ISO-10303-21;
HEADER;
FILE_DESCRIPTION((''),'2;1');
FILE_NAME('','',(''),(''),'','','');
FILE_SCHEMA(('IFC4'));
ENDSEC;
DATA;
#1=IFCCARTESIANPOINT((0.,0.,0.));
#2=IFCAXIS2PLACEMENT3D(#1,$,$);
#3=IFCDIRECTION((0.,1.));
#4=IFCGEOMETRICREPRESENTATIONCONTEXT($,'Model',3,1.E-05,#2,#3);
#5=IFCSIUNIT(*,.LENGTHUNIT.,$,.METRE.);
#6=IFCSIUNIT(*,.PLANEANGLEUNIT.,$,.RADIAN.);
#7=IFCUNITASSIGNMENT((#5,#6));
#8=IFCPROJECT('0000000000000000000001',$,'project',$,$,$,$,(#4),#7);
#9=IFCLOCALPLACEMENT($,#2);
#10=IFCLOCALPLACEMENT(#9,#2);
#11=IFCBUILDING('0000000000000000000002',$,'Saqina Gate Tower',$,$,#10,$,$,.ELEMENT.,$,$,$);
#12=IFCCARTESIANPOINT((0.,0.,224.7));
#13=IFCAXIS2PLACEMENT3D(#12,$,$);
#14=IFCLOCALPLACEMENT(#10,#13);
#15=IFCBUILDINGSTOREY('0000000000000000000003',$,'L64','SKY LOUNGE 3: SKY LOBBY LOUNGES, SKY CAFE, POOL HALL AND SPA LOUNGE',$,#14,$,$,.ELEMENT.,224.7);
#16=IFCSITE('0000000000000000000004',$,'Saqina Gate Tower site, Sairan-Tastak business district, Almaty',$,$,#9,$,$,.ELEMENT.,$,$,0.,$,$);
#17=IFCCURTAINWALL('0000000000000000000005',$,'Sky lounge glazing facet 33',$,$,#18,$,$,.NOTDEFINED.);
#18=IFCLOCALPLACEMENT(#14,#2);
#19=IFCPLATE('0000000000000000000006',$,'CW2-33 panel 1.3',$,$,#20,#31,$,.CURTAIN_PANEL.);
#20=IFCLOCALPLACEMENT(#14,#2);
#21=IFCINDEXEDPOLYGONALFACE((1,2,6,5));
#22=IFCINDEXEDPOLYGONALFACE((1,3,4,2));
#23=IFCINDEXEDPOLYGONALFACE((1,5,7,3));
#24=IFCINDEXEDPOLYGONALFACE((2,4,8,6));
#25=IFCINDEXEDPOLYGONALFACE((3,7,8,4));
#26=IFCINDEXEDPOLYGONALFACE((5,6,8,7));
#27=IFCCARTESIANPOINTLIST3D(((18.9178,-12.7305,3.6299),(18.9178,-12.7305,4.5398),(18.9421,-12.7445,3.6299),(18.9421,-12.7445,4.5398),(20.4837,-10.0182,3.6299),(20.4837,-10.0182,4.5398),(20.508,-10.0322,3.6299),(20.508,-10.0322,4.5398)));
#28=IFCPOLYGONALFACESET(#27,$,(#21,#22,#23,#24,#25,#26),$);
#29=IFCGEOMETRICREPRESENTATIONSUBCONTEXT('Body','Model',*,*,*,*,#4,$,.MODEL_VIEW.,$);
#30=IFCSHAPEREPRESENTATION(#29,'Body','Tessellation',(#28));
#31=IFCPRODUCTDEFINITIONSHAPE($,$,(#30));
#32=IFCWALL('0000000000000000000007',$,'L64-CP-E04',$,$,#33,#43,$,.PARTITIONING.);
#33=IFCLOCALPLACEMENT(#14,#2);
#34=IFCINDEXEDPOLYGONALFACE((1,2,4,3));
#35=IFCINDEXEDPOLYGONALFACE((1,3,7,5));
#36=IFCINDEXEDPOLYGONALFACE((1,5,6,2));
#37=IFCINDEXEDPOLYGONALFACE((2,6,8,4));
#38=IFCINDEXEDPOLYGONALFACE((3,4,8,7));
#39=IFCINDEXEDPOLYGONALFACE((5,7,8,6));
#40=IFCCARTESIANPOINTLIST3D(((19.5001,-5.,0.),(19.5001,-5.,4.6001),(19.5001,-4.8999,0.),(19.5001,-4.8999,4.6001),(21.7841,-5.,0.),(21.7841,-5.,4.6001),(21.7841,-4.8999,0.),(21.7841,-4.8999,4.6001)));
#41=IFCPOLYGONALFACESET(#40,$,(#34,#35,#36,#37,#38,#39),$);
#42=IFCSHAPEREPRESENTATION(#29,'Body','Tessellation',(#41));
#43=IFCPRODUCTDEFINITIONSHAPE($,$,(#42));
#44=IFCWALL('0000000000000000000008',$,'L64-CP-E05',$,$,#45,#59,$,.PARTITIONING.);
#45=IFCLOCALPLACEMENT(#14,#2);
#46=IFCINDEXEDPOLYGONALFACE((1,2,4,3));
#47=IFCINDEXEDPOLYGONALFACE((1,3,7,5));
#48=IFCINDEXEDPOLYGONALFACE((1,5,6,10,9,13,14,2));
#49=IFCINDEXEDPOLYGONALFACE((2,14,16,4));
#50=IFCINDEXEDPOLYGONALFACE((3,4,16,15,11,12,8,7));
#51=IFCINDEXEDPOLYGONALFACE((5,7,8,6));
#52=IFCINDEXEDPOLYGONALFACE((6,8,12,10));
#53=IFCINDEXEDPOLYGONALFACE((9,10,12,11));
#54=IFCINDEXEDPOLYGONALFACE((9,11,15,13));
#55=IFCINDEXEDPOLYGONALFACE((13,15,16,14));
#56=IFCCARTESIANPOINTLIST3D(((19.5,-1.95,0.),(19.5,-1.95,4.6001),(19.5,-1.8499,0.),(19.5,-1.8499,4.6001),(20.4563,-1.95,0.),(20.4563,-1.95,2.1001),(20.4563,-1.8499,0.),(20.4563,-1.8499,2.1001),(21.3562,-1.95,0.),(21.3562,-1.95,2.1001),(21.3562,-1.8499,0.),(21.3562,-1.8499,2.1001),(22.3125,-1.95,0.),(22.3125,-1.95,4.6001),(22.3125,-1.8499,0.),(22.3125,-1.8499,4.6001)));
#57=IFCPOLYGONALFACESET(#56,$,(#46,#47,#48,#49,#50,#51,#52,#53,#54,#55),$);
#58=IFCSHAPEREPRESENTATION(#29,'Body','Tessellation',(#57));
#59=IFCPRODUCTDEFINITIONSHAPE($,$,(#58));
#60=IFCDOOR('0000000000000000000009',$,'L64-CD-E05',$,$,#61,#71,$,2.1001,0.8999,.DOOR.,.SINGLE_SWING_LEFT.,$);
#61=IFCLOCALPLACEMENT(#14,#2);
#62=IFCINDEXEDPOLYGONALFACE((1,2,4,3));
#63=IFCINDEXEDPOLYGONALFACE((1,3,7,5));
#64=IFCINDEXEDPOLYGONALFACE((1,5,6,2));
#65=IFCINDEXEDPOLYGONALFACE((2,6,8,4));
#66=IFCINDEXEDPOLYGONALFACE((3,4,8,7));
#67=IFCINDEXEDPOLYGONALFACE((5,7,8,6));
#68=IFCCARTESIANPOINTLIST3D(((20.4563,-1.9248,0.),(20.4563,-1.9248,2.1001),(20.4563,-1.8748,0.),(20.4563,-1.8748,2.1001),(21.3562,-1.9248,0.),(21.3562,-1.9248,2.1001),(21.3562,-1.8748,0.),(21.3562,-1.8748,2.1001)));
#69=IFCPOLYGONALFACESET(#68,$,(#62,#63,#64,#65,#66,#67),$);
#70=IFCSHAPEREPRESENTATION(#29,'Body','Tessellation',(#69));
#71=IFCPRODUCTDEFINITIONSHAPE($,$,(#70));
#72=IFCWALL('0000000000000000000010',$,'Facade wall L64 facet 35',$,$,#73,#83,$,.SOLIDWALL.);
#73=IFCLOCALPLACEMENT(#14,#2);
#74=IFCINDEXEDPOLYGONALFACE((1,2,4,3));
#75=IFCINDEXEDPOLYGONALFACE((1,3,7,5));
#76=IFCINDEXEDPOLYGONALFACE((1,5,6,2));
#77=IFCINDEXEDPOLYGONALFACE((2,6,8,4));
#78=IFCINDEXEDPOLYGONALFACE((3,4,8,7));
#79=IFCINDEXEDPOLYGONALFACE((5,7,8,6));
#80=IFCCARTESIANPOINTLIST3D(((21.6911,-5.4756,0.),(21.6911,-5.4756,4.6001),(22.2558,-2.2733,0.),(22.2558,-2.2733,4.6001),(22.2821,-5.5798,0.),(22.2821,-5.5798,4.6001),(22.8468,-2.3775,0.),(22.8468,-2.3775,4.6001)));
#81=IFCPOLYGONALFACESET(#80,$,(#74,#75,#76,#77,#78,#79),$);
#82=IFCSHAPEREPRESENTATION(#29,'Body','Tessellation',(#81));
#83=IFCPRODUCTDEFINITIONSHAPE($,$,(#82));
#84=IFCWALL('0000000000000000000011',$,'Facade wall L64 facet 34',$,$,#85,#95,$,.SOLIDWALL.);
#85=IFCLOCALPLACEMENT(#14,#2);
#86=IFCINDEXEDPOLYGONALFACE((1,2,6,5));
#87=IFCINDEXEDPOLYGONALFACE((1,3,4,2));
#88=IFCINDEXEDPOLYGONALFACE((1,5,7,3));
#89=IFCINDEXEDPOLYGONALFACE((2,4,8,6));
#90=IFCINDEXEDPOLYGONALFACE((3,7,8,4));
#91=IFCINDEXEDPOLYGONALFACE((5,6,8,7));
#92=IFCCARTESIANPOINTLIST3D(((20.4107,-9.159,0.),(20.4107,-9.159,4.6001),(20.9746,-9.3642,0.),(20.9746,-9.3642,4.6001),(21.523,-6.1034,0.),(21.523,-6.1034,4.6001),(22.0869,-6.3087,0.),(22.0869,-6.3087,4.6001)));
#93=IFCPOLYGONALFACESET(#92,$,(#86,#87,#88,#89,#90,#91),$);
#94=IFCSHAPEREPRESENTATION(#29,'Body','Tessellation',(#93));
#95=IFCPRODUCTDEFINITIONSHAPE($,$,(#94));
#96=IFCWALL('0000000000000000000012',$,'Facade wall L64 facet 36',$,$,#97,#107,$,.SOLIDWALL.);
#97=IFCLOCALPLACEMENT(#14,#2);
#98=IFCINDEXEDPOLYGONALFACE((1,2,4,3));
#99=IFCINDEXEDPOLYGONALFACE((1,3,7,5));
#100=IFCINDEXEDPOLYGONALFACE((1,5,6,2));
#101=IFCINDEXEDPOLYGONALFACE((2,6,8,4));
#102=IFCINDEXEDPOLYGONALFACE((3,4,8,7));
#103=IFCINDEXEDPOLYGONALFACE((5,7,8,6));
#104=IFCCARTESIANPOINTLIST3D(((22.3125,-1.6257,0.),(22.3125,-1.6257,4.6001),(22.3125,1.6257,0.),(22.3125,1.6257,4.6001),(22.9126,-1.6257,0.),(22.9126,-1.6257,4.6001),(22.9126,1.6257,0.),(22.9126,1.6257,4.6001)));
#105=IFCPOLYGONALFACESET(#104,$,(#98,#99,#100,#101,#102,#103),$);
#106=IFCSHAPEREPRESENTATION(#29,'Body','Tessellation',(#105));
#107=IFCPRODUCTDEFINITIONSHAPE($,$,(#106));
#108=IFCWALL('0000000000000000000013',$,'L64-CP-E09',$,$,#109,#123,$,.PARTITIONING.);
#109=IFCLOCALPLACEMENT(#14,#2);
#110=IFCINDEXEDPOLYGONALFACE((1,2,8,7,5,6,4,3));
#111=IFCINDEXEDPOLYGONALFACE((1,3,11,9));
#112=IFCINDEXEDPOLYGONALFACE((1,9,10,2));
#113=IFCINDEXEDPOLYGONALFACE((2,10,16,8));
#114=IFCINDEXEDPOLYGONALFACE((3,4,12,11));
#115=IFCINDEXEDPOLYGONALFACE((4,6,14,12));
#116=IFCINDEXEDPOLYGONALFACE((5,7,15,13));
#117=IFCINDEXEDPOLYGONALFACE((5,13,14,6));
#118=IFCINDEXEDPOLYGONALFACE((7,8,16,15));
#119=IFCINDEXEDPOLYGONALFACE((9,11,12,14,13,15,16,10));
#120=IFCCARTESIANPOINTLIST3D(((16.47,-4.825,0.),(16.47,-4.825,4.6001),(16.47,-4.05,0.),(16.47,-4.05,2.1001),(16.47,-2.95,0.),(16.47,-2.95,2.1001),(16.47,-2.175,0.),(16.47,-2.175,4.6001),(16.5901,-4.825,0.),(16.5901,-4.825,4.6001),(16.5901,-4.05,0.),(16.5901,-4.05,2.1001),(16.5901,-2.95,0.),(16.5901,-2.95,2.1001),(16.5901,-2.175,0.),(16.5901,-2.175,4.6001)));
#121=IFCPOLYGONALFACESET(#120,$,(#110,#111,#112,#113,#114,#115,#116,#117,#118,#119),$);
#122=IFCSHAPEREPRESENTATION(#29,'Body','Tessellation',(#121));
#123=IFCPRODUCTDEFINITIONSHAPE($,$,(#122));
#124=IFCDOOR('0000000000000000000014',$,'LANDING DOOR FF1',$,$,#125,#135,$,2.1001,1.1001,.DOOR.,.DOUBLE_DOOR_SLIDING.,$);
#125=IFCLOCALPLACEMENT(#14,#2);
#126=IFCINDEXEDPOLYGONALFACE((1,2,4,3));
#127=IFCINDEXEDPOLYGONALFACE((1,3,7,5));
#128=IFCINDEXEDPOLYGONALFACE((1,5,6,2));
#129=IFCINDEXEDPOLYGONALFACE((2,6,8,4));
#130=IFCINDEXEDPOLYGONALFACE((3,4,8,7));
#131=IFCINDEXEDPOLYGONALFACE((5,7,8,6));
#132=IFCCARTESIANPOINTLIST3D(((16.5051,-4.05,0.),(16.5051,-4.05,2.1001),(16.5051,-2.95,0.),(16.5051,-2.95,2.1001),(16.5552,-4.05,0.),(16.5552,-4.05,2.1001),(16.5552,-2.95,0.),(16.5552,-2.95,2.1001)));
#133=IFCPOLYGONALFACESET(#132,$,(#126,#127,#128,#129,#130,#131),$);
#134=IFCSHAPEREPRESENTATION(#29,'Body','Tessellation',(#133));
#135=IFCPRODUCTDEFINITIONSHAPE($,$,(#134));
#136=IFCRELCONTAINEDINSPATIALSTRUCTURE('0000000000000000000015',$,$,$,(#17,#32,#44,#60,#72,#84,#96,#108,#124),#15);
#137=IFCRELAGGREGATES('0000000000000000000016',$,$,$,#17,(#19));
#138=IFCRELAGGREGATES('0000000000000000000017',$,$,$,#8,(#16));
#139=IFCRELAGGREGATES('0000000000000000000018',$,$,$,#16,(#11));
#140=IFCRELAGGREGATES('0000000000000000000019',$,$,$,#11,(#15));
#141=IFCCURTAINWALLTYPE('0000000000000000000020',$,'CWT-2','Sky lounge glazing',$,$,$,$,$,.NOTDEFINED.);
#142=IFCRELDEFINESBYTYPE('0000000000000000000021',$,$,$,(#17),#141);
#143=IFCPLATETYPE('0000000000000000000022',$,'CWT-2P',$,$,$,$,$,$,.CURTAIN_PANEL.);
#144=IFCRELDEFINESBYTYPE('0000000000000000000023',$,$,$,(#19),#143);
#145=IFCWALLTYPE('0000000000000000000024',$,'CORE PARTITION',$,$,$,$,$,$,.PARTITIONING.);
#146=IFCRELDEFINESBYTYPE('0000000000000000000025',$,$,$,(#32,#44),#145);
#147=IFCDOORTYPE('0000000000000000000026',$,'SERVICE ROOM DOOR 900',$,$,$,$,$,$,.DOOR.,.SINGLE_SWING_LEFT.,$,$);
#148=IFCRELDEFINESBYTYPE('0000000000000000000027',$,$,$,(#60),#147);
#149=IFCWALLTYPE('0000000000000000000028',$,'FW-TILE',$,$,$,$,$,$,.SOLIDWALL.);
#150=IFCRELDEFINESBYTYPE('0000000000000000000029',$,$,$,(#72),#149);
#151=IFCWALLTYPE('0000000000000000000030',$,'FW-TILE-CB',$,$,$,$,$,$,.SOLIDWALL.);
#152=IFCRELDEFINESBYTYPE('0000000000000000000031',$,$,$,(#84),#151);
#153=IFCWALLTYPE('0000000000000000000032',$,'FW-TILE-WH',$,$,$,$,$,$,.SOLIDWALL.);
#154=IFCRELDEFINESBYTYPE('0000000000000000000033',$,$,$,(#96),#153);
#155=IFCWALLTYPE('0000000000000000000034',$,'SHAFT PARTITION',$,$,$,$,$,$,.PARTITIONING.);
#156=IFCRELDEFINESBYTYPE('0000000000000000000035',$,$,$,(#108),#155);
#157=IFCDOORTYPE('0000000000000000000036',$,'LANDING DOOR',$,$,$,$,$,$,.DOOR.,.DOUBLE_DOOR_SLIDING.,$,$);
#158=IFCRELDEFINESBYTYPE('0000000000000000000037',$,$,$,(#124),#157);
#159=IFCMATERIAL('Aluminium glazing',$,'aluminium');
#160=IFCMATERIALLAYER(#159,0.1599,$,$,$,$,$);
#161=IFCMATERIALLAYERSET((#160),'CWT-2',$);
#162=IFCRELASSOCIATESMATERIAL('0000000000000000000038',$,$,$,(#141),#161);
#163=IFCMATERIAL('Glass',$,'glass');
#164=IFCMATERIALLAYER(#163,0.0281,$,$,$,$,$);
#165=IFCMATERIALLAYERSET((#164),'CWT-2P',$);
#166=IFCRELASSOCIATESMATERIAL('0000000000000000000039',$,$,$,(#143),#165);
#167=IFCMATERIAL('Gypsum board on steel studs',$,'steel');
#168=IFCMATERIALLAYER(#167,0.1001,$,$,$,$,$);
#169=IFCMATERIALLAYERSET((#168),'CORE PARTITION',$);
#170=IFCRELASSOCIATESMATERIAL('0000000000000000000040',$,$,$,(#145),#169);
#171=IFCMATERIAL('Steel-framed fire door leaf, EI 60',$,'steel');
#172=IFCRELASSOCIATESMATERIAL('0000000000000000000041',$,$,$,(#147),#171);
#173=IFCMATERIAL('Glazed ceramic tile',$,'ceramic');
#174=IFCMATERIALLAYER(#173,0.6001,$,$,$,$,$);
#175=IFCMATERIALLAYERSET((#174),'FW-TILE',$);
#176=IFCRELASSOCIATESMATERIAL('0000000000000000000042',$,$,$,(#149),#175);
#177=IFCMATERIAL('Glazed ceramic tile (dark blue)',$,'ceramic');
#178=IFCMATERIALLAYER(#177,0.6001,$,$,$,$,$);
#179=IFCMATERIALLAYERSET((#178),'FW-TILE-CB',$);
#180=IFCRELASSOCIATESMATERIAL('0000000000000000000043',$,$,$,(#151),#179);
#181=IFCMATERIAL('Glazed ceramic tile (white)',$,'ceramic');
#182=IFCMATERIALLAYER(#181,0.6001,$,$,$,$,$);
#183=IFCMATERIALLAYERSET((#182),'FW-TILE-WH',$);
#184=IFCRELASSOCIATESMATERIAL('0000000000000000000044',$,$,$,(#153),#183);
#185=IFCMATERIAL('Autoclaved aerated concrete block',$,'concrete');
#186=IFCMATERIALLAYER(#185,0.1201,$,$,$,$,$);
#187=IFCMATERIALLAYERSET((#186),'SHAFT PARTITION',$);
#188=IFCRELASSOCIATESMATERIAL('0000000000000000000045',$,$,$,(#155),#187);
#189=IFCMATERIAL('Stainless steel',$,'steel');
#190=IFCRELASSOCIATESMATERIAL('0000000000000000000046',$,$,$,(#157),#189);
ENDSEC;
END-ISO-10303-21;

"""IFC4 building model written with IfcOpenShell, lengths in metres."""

from ifc_helpers import new_model, si_unit, direction, frame, frame_2d, origin, origin_2d, place, context, subcontext, project, spatial, rectangle, extrude, material, layer, layer_set, type_object, element, fill, aggregate, save


model = new_model("IFC4")

# Units and contexts
model_context = context("Model", 3, precision=1e-05, world=origin(), true_north=direction((0.0, 1.0)))
body_context = subcontext(model_context, "Body", "Model", "MODEL_VIEW")
ifc_project = project(units=[si_unit("LENGTHUNIT", "METRE"), si_unit("PLANEANGLEUNIT", "RADIAN")], contexts=[model_context])

# Site, building, storey
site_placement = place(None, origin())
site = spatial("IfcSite", under=ifc_project, at=site_placement, Name="Saqina Gate Tower site, Sairan-Tastak business district, Almaty", CompositionType="ELEMENT", RefElevation=0.0)
building_placement = place(site_placement, origin())
building = spatial("IfcBuilding", under=site, at=building_placement, Name="Saqina Gate Tower", CompositionType="ELEMENT")
storey_placement = place(building_placement, frame((0.0, 0.0, 224.7)))
storey = spatial("IfcBuildingStorey", under=building, at=storey_placement, Name="L64", Description="SKY LOUNGE 3: SKY LOBBY LOUNGES, SKY CAFE, POOL HALL AND SPA LOUNGE", CompositionType="ELEMENT", Elevation=224.7)

# Shared definitions
ifc_material_1 = material(Name="Aluminium glazing", Category="aluminium")
ifc_layer_1 = layer(ifc_material_1, 0.1599)
ifc_layer_set_1 = layer_set([ifc_layer_1], Name="CWT-2")
curtain_wall_type = type_object("IfcCurtainWallType", Name="CWT-2", Description="Sky lounge glazing", PredefinedType="NOTDEFINED", material=ifc_layer_set_1)

# Curtain wall
curtain_wall_1_placement = place(storey_placement, origin())
curtain_wall_1 = element("IfcCurtainWall", 1, at=curtain_wall_1_placement, inside=storey, type_object=curtain_wall_type, Name="Sky lounge glazing facet 33", PredefinedType="NOTDEFINED")

# Plate
ifc_material_2 = material(Name="Glass", Category="glass")
ifc_layer_2 = layer(ifc_material_2, 0.0281)
ifc_layer_set_2 = layer_set([ifc_layer_2], Name="CWT-2P")
plate_type = type_object("IfcPlateType", Name="CWT-2P", PredefinedType="CURTAIN_PANEL", material=ifc_layer_set_2)
plate_1_placement = place(storey_placement, frame((19.7129, -11.3813, 3.6299), z_axis=(0.0, 0.0, 1.0), x_axis=(0.499982, 0.866036, 0.0)))
plate_1 = element("IfcPlate", 2, at=plate_1_placement, type_object=plate_type, Name="CW2-33 panel 1.3", PredefinedType="CURTAIN_PANEL", context=body_context, shape_type="SweptSolid", body=[
    extrude(rectangle(XDim=3.1318, YDim=0.0281, at=origin_2d()), origin(), (0.0, 0.0, 1.0), 0.9099),
])
aggregate(curtain_wall_1, [plate_1])

# Wall
ifc_material_3 = material(Name="Gypsum board on steel studs", Category="steel")
ifc_layer_3 = layer(ifc_material_3, 0.1001)
ifc_layer_set_3 = layer_set([ifc_layer_3], Name="CORE PARTITION")
wall_type_1 = type_object("IfcWallType", Name="CORE PARTITION", PredefinedType="PARTITIONING", material=ifc_layer_set_3)
wall_1_placement = place(storey_placement, frame((19.5, -4.95, 0.0), z_axis=(0.0, 0.0, 1.0), x_axis=(1.0, 0.0, 0.0)))
element("IfcWall", 3, at=wall_1_placement, inside=storey, type_object=wall_type_1, Name="L64-CP-E04", PredefinedType="PARTITIONING", context=body_context, shape_type="SweptSolid", body=[
    extrude(rectangle(XDim=2.2839, YDim=0.1001, at=frame_2d((1.1421, 0.0))), origin(), (0.0, 0.0, 1.0), 4.6001),
])

# Wall, opening, door
wall_2_placement = place(storey_placement, frame((19.5, -1.8999, 0.0), z_axis=(0.0, 0.0, 1.0), x_axis=(1.0, 0.0, 0.0)))
wall_2 = element("IfcWall", 4, at=wall_2_placement, inside=storey, type_object=wall_type_1, Name="L64-CP-E05", PredefinedType="PARTITIONING", context=body_context, shape_type="SweptSolid", body=[
    extrude(rectangle(XDim=2.8125, YDim=0.1001, at=frame_2d((1.4062, 0.0))), origin(), (0.0, 0.0, 1.0), 4.6001),
])
opening_1_placement = place(wall_2_placement, frame((0.9563, 0.0, 0.0)))
opening_1 = element("IfcOpeningElement", 5, at=opening_1_placement, cuts=wall_2, PredefinedType="OPENING", context=body_context, shape_type="SweptSolid", body=[
    extrude(rectangle(XDim=0.8999, YDim=2.1001, at=frame_2d((0.45, 1.05))), frame((0.0, 0.062, 0.0), z_axis=(0.0, -1.0, 0.0), x_axis=(1.0, 0.0, 0.0)), (0.0, 0.0, 1.0), 0.124),
])
ifc_material_4 = material(Name="Steel-framed fire door leaf, EI 60", Category="steel")
door_type_1 = type_object("IfcDoorType", Name="SERVICE ROOM DOOR 900", OperationType="SINGLE_SWING_LEFT", PredefinedType="DOOR", material=ifc_material_4)
door_1_placement = place(opening_1_placement, frame((0.8999, 0.0, 0.0), z_axis=(0.0, 0.0, 1.0), x_axis=(-1.0, 0.0, 0.0)))
door_1 = element("IfcDoor", 6, at=door_1_placement, inside=storey, type_object=door_type_1, Name="L64-CD-E05", OperationType="SINGLE_SWING_LEFT", OverallHeight=2.1001, OverallWidth=0.8999, PredefinedType="DOOR", context=body_context, shape_type="SweptSolid", body=[
    extrude(rectangle(XDim=0.8999, YDim=2.1001, at=frame_2d((0.45, 1.05))), frame((0.0, 0.0249, 0.0), z_axis=(0.0, -1.0, 0.0), x_axis=(1.0, 0.0, 0.0)), (0.0, 0.0, 1.0), 0.05),
])
fill(opening_1, door_1)

# Walls
ifc_material_5 = material(Name="Glazed ceramic tile", Category="ceramic")
ifc_layer_4 = layer(ifc_material_5, 0.6001)
ifc_layer_set_4 = layer_set([ifc_layer_4], Name="FW-TILE")
wall_type_2 = type_object("IfcWallType", Name="FW-TILE", PredefinedType="SOLIDWALL", material=ifc_layer_set_4)
wall_3_placement = place(storey_placement, frame((21.9866, -5.5278, 0.0), z_axis=(0.0, 0.0, 1.0), x_axis=(0.173657, 0.984806, 0.0)))
element("IfcWall", 7, at=wall_3_placement, inside=storey, type_object=wall_type_2, Name="Facade wall L64 facet 35", PredefinedType="SOLIDWALL", context=body_context, shape_type="SweptSolid", body=[
    extrude(rectangle(XDim=3.2517, YDim=0.6001, at=frame_2d((1.626, 0.0))), origin(), (0.0, 0.0, 1.0), 4.6001),
])
ifc_material_6 = material(Name="Glazed ceramic tile (dark blue)", Category="ceramic")
ifc_layer_5 = layer(ifc_material_6, 0.6001)
ifc_layer_set_5 = layer_set([ifc_layer_5], Name="FW-TILE-CB")
wall_type_3 = type_object("IfcWallType", Name="FW-TILE-CB", PredefinedType="SOLIDWALL", material=ifc_layer_set_5)
wall_4_placement = place(storey_placement, frame((20.6926, -9.2617, 0.0), z_axis=(0.0, 0.0, 1.0), x_axis=(0.342057, 0.939679, 0.0)))
element("IfcWall", 8, at=wall_4_placement, inside=storey, type_object=wall_type_3, Name="Facade wall L64 facet 34", PredefinedType="SOLIDWALL", context=body_context, shape_type="SweptSolid", body=[
    extrude(rectangle(XDim=3.2517, YDim=0.6001, at=frame_2d((1.626, 0.0))), origin(), (0.0, 0.0, 1.0), 4.6001),
])
ifc_material_7 = material(Name="Glazed ceramic tile (white)", Category="ceramic")
ifc_layer_6 = layer(ifc_material_7, 0.6001)
ifc_layer_set_6 = layer_set([ifc_layer_6], Name="FW-TILE-WH")
wall_type_4 = type_object("IfcWallType", Name="FW-TILE-WH", PredefinedType="SOLIDWALL", material=ifc_layer_set_6)
wall_5_placement = place(storey_placement, frame((22.6125, -1.6257, 0.0), z_axis=(0.0, 0.0, 1.0), x_axis=(0.0, 1.0, 0.0)))
element("IfcWall", 9, at=wall_5_placement, inside=storey, type_object=wall_type_4, Name="Facade wall L64 facet 36", PredefinedType="SOLIDWALL", context=body_context, shape_type="SweptSolid", body=[
    extrude(rectangle(XDim=3.2515, YDim=0.6001, at=frame_2d((1.6257, 0.0))), origin(), (0.0, 0.0, 1.0), 4.6001),
])

# Wall, opening, door
ifc_material_8 = material(Name="Autoclaved aerated concrete block", Category="concrete")
ifc_layer_7 = layer(ifc_material_8, 0.1201)
ifc_layer_set_7 = layer_set([ifc_layer_7], Name="SHAFT PARTITION")
wall_type_5 = type_object("IfcWallType", Name="SHAFT PARTITION", PredefinedType="PARTITIONING", material=ifc_layer_set_7)
wall_6_placement = place(storey_placement, frame((16.53, -4.825, 0.0), z_axis=(0.0, 0.0, 1.0), x_axis=(0.0, 1.0, 0.0)))
wall_6 = element("IfcWall", 10, at=wall_6_placement, inside=storey, type_object=wall_type_5, Name="L64-CP-E09", PredefinedType="PARTITIONING", context=body_context, shape_type="SweptSolid", body=[
    extrude(rectangle(XDim=2.6499, YDim=0.1201, at=frame_2d((1.325, 0.0))), origin(), (0.0, 0.0, 1.0), 4.6001),
])
opening_2_placement = place(wall_6_placement, frame((0.7749, 0.0, 0.0)))
opening_2 = element("IfcOpeningElement", 11, at=opening_2_placement, cuts=wall_6, PredefinedType="OPENING", context=body_context, shape_type="SweptSolid", body=[
    extrude(rectangle(XDim=1.1001, YDim=2.1001, at=frame_2d((0.55, 1.05))), frame((0.0, 0.072, 0.0), z_axis=(0.0, -1.0, 0.0), x_axis=(1.0, 0.0, 0.0)), (0.0, 0.0, 1.0), 0.144),
])
ifc_material_9 = material(Name="Stainless steel", Category="steel")
door_type_2 = type_object("IfcDoorType", Name="LANDING DOOR", OperationType="DOUBLE_DOOR_SLIDING", PredefinedType="DOOR", material=ifc_material_9)
door_2_placement = place(opening_2_placement, origin())
door_2 = element("IfcDoor", 12, at=door_2_placement, inside=storey, type_object=door_type_2, Name="LANDING DOOR FF1", OperationType="DOUBLE_DOOR_SLIDING", OverallHeight=2.1001, OverallWidth=1.1001, PredefinedType="DOOR", context=body_context, shape_type="SweptSolid", body=[
    extrude(rectangle(XDim=1.1001, YDim=2.1001, at=frame_2d((0.55, 1.05))), frame((0.0, 0.0249, 0.0), z_axis=(0.0, -1.0, 0.0), x_axis=(1.0, 0.0, 0.0)), (0.0, 0.0, 1.0), 0.05),
])
fill(opening_2, door_2)

save(model, "model.ifc")
